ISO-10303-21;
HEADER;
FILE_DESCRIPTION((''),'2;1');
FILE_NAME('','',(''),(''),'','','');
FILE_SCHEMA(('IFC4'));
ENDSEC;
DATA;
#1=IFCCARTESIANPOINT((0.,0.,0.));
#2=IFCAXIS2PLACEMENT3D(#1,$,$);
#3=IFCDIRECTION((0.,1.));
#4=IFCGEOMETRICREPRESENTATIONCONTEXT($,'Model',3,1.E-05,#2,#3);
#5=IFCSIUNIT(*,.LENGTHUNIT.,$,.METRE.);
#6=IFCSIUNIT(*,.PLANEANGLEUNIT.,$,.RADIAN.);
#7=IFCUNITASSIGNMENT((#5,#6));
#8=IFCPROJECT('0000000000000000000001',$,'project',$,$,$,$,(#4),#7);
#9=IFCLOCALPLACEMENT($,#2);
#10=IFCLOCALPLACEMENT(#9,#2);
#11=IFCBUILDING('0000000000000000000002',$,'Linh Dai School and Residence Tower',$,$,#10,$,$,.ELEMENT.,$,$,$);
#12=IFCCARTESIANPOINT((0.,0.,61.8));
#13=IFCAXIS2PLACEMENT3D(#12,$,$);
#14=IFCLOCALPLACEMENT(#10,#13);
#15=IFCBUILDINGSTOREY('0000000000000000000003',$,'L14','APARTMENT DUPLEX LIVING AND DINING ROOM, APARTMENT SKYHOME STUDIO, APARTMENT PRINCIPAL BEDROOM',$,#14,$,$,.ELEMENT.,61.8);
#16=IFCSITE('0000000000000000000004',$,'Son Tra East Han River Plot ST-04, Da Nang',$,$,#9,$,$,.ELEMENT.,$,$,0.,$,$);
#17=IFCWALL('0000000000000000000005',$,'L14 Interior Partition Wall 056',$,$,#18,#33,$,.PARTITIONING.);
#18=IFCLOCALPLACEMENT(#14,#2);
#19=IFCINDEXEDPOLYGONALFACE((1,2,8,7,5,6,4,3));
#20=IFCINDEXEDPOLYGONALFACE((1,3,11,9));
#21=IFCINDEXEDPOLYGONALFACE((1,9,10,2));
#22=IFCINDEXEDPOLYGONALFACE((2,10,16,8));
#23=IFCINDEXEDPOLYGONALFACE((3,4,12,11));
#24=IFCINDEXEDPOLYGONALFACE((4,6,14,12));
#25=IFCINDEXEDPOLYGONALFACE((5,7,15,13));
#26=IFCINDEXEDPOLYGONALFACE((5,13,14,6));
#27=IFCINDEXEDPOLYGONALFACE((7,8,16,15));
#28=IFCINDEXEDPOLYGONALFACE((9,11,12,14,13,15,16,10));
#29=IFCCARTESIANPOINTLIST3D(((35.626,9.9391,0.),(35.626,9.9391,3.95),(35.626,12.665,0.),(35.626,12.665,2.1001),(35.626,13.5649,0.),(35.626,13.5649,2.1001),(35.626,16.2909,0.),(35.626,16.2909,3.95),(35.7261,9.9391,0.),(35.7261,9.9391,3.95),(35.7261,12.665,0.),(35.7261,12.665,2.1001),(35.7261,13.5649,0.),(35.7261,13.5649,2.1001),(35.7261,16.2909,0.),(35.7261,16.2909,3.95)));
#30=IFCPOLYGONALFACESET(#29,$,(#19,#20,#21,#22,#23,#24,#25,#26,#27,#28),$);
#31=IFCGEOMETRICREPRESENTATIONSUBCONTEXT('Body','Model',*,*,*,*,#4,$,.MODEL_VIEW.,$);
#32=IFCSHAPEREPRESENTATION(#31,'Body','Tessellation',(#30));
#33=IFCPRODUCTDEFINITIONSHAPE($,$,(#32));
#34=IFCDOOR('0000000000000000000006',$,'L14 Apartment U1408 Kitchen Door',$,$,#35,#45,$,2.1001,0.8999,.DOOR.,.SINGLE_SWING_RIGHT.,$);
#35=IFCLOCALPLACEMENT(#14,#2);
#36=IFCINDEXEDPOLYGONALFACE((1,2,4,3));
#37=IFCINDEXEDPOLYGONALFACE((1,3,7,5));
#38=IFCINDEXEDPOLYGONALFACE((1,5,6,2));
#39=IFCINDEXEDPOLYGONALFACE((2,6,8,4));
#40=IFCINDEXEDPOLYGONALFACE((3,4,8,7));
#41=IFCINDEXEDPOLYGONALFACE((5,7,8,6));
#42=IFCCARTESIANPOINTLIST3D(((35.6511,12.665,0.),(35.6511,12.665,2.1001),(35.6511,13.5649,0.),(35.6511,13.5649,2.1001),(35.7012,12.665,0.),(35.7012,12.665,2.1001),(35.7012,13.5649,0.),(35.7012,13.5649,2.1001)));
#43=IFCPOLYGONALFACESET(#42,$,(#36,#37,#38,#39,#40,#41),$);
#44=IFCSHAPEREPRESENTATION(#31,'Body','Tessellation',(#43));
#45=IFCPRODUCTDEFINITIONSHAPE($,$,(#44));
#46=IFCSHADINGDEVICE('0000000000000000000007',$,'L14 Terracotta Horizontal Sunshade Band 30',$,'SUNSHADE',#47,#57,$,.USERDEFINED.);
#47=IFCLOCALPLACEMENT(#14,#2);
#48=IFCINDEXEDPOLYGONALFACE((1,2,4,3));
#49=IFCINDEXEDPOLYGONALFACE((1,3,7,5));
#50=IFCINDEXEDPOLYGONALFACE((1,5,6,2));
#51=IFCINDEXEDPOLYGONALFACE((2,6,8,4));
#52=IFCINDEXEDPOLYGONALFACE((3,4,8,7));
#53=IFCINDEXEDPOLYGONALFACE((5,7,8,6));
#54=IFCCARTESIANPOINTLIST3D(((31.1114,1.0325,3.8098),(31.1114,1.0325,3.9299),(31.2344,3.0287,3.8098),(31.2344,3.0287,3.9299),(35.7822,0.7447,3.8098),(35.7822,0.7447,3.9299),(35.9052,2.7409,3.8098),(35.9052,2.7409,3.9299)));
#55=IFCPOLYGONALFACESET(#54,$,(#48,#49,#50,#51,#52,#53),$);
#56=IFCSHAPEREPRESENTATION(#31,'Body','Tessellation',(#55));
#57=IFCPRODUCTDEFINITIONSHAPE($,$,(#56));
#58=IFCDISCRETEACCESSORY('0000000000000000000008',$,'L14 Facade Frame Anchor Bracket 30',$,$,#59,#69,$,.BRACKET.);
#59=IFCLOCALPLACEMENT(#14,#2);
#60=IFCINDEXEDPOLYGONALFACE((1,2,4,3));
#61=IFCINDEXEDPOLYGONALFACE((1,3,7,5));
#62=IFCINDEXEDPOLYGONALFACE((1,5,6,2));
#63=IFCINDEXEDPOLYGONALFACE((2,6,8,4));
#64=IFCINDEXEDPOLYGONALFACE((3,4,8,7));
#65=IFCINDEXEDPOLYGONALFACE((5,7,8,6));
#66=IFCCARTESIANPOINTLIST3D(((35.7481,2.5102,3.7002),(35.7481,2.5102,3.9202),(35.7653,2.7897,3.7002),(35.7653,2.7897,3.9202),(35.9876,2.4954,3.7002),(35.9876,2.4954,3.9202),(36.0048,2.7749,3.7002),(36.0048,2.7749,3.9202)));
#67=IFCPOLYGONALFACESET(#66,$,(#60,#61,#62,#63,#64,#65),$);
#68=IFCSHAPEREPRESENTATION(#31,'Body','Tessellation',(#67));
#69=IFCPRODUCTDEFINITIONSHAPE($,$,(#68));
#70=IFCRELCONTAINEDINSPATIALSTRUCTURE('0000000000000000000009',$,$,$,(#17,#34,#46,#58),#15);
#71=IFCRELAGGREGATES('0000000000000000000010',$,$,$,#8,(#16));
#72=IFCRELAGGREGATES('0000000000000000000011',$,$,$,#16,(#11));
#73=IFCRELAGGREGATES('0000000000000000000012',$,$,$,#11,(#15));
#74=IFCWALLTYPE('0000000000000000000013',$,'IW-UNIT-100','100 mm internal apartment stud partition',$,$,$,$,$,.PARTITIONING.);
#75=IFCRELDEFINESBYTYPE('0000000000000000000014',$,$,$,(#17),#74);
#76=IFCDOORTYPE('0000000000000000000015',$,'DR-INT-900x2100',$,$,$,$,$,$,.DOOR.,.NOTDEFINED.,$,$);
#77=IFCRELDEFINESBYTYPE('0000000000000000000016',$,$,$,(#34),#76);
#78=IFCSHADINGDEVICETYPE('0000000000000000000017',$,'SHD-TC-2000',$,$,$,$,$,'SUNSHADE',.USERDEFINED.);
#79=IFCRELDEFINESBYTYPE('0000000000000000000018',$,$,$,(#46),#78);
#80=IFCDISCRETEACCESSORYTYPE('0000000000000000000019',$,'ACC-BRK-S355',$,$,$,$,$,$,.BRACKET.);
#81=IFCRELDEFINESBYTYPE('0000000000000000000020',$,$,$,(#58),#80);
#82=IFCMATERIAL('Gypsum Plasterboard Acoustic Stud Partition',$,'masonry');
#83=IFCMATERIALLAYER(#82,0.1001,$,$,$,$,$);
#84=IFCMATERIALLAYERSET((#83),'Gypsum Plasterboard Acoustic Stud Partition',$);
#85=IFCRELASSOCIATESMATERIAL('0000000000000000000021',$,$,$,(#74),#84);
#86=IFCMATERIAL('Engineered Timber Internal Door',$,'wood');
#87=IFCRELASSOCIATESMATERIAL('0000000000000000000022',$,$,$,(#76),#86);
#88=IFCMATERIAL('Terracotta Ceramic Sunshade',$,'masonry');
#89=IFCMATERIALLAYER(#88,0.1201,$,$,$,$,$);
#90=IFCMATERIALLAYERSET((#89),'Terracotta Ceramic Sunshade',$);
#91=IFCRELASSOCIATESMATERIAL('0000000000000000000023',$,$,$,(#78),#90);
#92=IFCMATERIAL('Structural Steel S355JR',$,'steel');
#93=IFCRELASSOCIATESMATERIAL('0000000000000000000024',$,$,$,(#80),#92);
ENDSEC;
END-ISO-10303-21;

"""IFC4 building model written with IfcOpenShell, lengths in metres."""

from ifc_helpers import new_model, si_unit, direction, frame, frame_2d, origin, origin_2d, place, context, subcontext, project, spatial, rectangle, extrude, source, transform, mapped, material, layer, layer_set, type_object, element, fill, save


model = new_model("IFC4")

# Units and contexts
model_context = context("Model", 3, precision=1e-05, world=origin(), true_north=direction((0.0, 1.0)))
body_context = subcontext(model_context, "Body", "Model", "MODEL_VIEW")
ifc_project = project(units=[si_unit("LENGTHUNIT", "METRE"), si_unit("PLANEANGLEUNIT", "RADIAN")], contexts=[model_context])

# Site, building, storey
site_placement = place(None, origin())
site = spatial("IfcSite", under=ifc_project, at=site_placement, Name="Son Tra East Han River Plot ST-04, Da Nang", CompositionType="ELEMENT", RefElevation=0.0)
building_placement = place(site_placement, origin())
building = spatial("IfcBuilding", under=site, at=building_placement, Name="Linh Dai School and Residence Tower", CompositionType="ELEMENT")
storey_placement = place(building_placement, frame((0.0, 0.0, 61.8)))
storey = spatial("IfcBuildingStorey", under=building, at=storey_placement, Name="L14", Description="APARTMENT DUPLEX LIVING AND DINING ROOM, APARTMENT SKYHOME STUDIO, APARTMENT PRINCIPAL BEDROOM", CompositionType="ELEMENT", Elevation=61.8)

# Shared definitions
ifc_material_1 = material(Name="Structural Steel S355JR", Category="steel")

# Shared definitions
ifc_material_2 = material(Name="Gypsum Plasterboard Acoustic Stud Partition", Category="masonry")
ifc_layer_1 = layer(ifc_material_2, 0.1001)
ifc_layer_set_1 = layer_set([ifc_layer_1], Name="Gypsum Plasterboard Acoustic Stud Partition")
wall_type_1 = type_object("IfcWallType", Name="IW-UNIT-100", Description="100 mm internal apartment stud partition", PredefinedType="PARTITIONING", material=ifc_layer_set_1)
ifc_material_3 = material(Name="Engineered Timber Internal Door", Category="wood")
door_type_1 = type_object("IfcDoorType", Name="DR-INT-900x2100", OperationType="NOTDEFINED", PredefinedType="DOOR", material=ifc_material_3)
shared_shape_1 = source(origin(), body_context, "Body", "SweptSolid", [
    extrude(rectangle(XDim=0.8999, YDim=2.1001, at=origin_2d()), frame((0.45, 0.0249, 1.05), z_axis=(0.0, -1.0, 0.0), x_axis=(1.0, 0.0, 0.0)), (0.0, 0.0, 1.0), 0.05),
])

# Wall, opening, door
wall_1_placement = place(storey_placement, frame((35.676, 9.9392, 0.0), z_axis=(0.0, 0.0, 1.0), x_axis=(0.0, 1.0, 0.0)))
wall_1 = element("IfcWall", 1, at=wall_1_placement, inside=storey, type_object=wall_type_1, Name="L14 Interior Partition Wall 056", PredefinedType="PARTITIONING", context=body_context, shape_type="SweptSolid", body=[
    extrude(rectangle(XDim=6.3518, YDim=0.1001, at=frame_2d((3.1758, 0.0))), origin(), (0.0, 0.0, 1.0), 3.95),
])
opening_1_placement = place(wall_1_placement, frame((2.7258, 0.0, 0.0)))
opening_1 = element("IfcOpeningElement", 2, at=opening_1_placement, cuts=wall_1, PredefinedType="OPENING", context=body_context, shape_type="SweptSolid", body=[
    extrude(rectangle(XDim=0.8999, YDim=2.1001, at=origin_2d()), frame((0.45, 0.0601, 1.05), z_axis=(0.0, -1.0, 0.0), x_axis=(1.0, 0.0, 0.0)), (0.0, 0.0, 1.0), 0.1201),
])
door_1_placement = place(opening_1_placement, origin())
door_1 = element("IfcDoor", 3, at=door_1_placement, inside=storey, type_object=door_type_1, Name="L14 Apartment U1408 Kitchen Door", OperationType="SINGLE_SWING_RIGHT", OverallHeight=2.1001, OverallWidth=0.8999, PredefinedType="DOOR", context=body_context, shape_type="MappedRepresentation", body=[
    mapped(shared_shape_1, transform((0.0, 0.0, 0.0), x_axis=(1.0, 0.0, 0.0), y_axis=(0.0, 1.0, 0.0), z_axis=(0.0, 0.0, 1.0), scale=1.0)),
])
fill(opening_1, door_1)

# Shading device
ifc_material_4 = material(Name="Terracotta Ceramic Sunshade", Category="masonry")
ifc_layer_2 = layer(ifc_material_4, 0.1201)
ifc_layer_set_2 = layer_set([ifc_layer_2], Name="Terracotta Ceramic Sunshade")
shading_device_type = type_object("IfcShadingDeviceType", Name="SHD-TC-2000", ElementType="SUNSHADE", PredefinedType="USERDEFINED", material=ifc_layer_set_2)
shared_shape_2 = source(origin(), body_context, "Body", "SweptSolid", [
    extrude(rectangle(XDim=4.6797, YDim=2.0, at=origin_2d()), origin(), (0.0, 0.0, 1.0), 0.1201),
])
shading_device_placement = place(storey_placement, frame((33.5083, 1.8867, 3.8098), z_axis=(0.0, 0.0, 1.0), x_axis=(-0.998107, 0.061507, 0.0)))
element("IfcShadingDevice", 4, at=shading_device_placement, inside=storey, type_object=shading_device_type, Name="L14 Terracotta Horizontal Sunshade Band 30", ObjectType="SUNSHADE", PredefinedType="USERDEFINED", context=body_context, shape_type="MappedRepresentation", body=[
    mapped(shared_shape_2, transform((0.0, 0.0, 0.0), x_axis=(1.0, 0.0, 0.0), y_axis=(0.0, 1.0, 0.0), z_axis=(0.0, 0.0, 1.0), scale=1.0)),
])

# Discrete accessory
discrete_accessory_type = type_object("IfcDiscreteAccessoryType", Name="ACC-BRK-S355", PredefinedType="BRACKET", material=ifc_material_1)
shared_shape_3 = source(origin(), body_context, "Body", "SweptSolid", [
    extrude(rectangle(XDim=0.28, YDim=0.24, at=origin_2d()), origin(), (0.0, 0.0, 1.0), 0.22),
])
discrete_accessory_placement = place(storey_placement, frame((35.8765, 2.6426, 3.7002), z_axis=(0.0, 0.0, 1.0), x_axis=(-0.061507, -0.998107, 0.0)))
element("IfcDiscreteAccessory", 5, at=discrete_accessory_placement, inside=storey, type_object=discrete_accessory_type, Name="L14 Facade Frame Anchor Bracket 30", PredefinedType="BRACKET", context=body_context, shape_type="MappedRepresentation", body=[
    mapped(shared_shape_3, transform((0.0, 0.0, 0.0), x_axis=(1.0, 0.0, 0.0), y_axis=(0.0, 1.0, 0.0), z_axis=(0.0, 0.0, 1.0), scale=1.0)),
])

save(model, "model.ifc")
